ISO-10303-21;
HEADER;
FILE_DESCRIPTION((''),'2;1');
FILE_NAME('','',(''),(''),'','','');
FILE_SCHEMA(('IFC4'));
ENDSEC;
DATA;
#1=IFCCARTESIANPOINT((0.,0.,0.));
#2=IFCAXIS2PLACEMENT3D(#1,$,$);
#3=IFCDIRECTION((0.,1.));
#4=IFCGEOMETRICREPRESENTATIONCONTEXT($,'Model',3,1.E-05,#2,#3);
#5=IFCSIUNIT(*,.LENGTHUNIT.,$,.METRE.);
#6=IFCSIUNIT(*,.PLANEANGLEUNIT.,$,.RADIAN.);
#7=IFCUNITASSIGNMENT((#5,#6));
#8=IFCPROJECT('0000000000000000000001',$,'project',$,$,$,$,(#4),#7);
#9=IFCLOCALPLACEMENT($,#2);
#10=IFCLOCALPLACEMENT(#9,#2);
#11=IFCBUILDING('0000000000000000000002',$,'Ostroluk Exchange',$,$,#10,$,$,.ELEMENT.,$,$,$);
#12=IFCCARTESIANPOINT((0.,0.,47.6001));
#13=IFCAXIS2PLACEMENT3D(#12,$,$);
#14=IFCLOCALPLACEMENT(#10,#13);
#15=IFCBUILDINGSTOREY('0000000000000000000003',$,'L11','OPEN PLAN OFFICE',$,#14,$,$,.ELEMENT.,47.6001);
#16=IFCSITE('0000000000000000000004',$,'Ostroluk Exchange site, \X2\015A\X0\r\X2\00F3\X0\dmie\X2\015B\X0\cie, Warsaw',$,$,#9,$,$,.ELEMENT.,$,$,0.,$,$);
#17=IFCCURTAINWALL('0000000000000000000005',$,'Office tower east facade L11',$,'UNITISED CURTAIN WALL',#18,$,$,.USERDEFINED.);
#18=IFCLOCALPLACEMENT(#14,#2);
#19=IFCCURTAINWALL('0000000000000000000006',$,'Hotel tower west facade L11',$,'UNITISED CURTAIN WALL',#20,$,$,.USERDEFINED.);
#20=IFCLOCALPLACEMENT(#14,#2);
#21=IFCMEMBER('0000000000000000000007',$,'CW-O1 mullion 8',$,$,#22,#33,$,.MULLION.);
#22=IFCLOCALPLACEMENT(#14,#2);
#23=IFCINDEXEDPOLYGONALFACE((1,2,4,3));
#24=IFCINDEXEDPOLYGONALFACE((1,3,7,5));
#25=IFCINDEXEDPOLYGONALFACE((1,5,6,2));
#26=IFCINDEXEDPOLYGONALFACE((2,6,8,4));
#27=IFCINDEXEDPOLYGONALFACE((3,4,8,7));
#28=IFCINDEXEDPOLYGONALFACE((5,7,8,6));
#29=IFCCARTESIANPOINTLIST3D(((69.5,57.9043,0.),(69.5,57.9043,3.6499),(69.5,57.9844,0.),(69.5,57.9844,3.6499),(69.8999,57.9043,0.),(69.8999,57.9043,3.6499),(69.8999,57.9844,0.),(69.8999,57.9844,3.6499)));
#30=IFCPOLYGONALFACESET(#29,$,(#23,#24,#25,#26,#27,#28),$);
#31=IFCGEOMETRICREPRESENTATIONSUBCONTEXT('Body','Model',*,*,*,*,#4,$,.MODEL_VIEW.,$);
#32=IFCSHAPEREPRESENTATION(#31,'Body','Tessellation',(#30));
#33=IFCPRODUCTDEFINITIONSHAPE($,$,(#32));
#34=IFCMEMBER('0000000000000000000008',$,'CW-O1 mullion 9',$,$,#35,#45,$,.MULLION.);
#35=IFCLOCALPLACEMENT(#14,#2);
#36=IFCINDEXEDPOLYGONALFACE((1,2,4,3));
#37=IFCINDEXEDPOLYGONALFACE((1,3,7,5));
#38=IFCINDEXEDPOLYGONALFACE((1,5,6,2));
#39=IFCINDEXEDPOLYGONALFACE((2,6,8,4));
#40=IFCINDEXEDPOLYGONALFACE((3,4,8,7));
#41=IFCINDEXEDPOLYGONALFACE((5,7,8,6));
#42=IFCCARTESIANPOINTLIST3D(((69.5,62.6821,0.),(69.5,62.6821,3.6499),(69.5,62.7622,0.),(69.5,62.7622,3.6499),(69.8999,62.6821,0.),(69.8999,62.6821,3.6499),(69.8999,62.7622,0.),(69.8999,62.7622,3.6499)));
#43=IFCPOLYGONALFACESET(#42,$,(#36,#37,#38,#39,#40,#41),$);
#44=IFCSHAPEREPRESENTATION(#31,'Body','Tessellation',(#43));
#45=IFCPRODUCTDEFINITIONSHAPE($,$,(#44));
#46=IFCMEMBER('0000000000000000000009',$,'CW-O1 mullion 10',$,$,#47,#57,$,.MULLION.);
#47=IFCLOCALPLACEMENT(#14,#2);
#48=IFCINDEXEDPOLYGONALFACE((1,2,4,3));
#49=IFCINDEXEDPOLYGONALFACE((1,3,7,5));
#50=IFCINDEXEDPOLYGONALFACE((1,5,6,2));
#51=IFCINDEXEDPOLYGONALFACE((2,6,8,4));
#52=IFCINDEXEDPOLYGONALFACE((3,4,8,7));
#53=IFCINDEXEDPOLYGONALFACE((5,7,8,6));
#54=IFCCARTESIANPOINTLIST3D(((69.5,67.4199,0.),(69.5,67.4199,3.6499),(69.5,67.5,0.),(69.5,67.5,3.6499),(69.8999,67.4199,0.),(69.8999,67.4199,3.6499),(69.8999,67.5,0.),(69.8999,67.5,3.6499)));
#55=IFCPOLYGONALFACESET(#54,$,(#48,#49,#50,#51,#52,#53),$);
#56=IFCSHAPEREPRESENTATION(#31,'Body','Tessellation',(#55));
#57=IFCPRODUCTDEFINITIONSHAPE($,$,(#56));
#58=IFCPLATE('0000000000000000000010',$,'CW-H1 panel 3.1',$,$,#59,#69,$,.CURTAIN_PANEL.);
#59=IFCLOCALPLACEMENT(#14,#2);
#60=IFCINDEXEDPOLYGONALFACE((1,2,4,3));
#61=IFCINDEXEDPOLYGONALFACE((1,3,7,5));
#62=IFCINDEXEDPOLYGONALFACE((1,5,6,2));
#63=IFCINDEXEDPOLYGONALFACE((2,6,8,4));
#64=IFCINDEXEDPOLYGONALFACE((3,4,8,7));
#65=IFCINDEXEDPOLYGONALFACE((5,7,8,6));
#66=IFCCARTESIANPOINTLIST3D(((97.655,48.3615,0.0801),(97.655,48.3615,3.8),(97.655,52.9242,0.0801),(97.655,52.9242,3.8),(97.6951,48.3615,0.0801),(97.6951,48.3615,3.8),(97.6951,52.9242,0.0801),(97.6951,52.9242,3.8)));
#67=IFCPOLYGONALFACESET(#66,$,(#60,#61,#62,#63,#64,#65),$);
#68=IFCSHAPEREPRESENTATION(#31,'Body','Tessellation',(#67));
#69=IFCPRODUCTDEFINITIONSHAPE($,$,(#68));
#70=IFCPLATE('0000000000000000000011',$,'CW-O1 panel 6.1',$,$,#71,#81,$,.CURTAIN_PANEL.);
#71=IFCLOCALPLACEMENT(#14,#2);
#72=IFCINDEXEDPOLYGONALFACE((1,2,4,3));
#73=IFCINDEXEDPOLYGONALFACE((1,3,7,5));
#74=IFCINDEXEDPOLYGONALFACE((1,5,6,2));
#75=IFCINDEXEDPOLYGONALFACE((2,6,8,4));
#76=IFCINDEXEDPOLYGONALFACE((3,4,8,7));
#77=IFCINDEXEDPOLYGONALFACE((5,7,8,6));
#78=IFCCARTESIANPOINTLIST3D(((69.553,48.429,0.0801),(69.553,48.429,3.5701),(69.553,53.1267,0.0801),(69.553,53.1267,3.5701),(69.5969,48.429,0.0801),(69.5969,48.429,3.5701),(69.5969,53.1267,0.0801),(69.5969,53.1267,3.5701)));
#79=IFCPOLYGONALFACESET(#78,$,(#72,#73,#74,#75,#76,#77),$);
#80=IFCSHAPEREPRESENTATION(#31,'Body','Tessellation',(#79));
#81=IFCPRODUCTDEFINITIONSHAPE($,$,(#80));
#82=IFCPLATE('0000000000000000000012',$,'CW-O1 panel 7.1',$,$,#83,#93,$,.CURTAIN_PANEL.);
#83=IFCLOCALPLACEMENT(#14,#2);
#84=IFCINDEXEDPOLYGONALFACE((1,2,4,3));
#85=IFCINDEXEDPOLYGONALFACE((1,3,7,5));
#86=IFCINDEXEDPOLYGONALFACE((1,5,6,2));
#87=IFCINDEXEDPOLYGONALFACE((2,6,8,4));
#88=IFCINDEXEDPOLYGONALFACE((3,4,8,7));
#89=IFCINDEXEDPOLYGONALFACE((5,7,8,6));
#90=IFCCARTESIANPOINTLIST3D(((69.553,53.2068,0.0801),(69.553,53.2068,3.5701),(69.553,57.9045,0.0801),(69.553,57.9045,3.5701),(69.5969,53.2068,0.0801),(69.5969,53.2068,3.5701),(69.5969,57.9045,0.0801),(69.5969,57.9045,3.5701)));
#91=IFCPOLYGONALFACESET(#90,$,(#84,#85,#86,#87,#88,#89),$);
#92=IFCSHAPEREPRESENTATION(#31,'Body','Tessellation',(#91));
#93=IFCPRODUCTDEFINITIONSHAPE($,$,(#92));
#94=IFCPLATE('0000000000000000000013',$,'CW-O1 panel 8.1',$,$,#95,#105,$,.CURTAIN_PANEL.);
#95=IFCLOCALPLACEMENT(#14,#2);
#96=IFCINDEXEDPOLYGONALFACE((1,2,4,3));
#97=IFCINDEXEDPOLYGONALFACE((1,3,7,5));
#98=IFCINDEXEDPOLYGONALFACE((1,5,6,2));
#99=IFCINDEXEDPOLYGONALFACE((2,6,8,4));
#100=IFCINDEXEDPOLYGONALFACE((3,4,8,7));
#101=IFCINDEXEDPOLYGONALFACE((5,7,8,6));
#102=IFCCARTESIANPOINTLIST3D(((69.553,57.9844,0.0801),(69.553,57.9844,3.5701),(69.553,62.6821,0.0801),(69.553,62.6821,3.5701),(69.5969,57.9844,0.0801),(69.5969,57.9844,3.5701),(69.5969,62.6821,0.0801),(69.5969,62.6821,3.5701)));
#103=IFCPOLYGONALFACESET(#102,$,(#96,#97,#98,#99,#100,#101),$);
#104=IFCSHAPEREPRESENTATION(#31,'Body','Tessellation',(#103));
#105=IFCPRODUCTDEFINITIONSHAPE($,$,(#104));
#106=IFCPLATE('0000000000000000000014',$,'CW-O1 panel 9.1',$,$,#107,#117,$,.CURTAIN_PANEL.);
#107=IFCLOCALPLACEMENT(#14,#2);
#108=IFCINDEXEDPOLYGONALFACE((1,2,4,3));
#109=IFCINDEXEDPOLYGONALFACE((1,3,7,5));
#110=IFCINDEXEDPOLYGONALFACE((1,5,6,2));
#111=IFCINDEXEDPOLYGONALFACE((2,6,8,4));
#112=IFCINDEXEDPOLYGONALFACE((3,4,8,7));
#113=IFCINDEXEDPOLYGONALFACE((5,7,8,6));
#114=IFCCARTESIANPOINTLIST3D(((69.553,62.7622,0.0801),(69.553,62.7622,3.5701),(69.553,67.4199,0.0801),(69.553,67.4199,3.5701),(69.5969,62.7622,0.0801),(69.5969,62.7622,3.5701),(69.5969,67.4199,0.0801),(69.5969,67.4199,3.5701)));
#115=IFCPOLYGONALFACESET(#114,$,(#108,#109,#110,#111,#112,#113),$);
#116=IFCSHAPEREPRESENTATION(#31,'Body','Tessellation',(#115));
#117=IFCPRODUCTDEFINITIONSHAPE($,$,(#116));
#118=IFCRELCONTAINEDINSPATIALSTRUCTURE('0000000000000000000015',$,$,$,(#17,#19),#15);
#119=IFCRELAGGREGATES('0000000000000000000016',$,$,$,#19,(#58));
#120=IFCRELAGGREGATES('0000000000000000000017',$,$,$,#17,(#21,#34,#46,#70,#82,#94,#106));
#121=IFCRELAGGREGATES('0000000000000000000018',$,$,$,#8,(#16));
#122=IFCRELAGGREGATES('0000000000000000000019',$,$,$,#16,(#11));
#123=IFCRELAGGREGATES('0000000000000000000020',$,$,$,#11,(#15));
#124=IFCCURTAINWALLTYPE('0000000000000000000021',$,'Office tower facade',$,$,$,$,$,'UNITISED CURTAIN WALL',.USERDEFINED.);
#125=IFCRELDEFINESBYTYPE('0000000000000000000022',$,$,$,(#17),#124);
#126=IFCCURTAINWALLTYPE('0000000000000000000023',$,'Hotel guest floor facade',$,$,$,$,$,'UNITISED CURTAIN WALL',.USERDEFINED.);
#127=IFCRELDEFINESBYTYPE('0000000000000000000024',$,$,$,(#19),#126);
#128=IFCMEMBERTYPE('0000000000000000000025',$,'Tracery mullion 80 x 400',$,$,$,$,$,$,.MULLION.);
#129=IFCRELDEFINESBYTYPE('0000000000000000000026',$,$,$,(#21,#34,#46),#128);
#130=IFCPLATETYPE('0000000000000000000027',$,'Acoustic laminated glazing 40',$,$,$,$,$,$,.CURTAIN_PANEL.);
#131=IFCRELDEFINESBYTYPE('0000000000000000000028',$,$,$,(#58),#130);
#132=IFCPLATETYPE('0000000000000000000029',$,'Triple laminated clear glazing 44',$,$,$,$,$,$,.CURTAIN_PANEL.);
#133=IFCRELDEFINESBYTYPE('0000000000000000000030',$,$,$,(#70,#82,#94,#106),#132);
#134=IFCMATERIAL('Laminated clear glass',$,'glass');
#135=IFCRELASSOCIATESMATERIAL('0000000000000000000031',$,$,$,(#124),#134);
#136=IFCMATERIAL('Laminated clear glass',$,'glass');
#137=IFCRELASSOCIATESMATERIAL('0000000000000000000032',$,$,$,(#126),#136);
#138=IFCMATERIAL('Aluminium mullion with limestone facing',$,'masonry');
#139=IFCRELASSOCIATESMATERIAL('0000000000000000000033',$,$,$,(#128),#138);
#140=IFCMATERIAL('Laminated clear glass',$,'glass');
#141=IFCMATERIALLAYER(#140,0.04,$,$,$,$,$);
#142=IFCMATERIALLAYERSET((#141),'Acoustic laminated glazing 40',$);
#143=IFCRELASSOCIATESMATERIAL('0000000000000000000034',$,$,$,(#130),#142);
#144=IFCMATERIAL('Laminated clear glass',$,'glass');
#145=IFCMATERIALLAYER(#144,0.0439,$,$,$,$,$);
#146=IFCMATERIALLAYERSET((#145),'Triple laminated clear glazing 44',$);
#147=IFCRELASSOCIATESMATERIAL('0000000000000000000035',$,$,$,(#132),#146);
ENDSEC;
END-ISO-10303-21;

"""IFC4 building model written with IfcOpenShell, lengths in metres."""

from ifc_helpers import new_model, si_unit, direction, frame, origin, origin_2d, place, context, subcontext, project, spatial, rectangle, extrude, material, layer, layer_set, material_profile, profile_set, type_object, element, aggregate, save


model = new_model("IFC4")

# Units and contexts
model_context = context("Model", 3, precision=1e-05, world=origin(), true_north=direction((0.0, 1.0)))
body_context = subcontext(model_context, "Body", "Model", "MODEL_VIEW")
ifc_project = project(units=[si_unit("LENGTHUNIT", "METRE"), si_unit("PLANEANGLEUNIT", "RADIAN")], contexts=[model_context])

# Site, building, storey
site_placement = place(None, origin())
site = spatial("IfcSite", under=ifc_project, at=site_placement, Name="Ostroluk Exchange site, Śródmieście, Warsaw", CompositionType="ELEMENT", RefElevation=0.0)
building_placement = place(site_placement, origin())
building = spatial("IfcBuilding", under=site, at=building_placement, Name="Ostroluk Exchange", CompositionType="ELEMENT")
storey_placement = place(building_placement, frame((0.0, 0.0, 47.6001)))
storey = spatial("IfcBuildingStorey", under=building, at=storey_placement, Name="L11", Description="OPEN PLAN OFFICE", CompositionType="ELEMENT", Elevation=47.6001)

# Curtain walls
ifc_material_1 = material(Name="Laminated clear glass", Category="glass")
curtain_wall_type_1 = type_object("IfcCurtainWallType", Name="Office tower facade", ElementType="UNITISED CURTAIN WALL", PredefinedType="USERDEFINED", material=ifc_material_1)
curtain_wall_1_placement = place(storey_placement, origin())
curtain_wall_1 = element("IfcCurtainWall", 1, at=curtain_wall_1_placement, inside=storey, type_object=curtain_wall_type_1, Name="Office tower east facade L11", ObjectType="UNITISED CURTAIN WALL", PredefinedType="USERDEFINED")
ifc_material_2 = material(Name="Laminated clear glass", Category="glass")
curtain_wall_type_2 = type_object("IfcCurtainWallType", Name="Hotel guest floor facade", ElementType="UNITISED CURTAIN WALL", PredefinedType="USERDEFINED", material=ifc_material_2)
curtain_wall_2_placement = place(storey_placement, origin())
curtain_wall_2 = element("IfcCurtainWall", 2, at=curtain_wall_2_placement, inside=storey, type_object=curtain_wall_type_2, Name="Hotel tower west facade L11", ObjectType="UNITISED CURTAIN WALL", PredefinedType="USERDEFINED")

# Members
ifc_material_3 = material(Name="Aluminium mullion with limestone facing", Category="masonry")
ifc_material_profile_1 = material_profile(ifc_material_3, rectangle(XDim=0.3999, YDim=0.0801, at=origin_2d()), Name="Tracery mullion 80 x 400")
ifc_profile_set_1 = profile_set([ifc_material_profile_1], Name="Aluminium mullion with limestone facing")
member_type_1 = type_object("IfcMemberType", Name="Tracery mullion 80 x 400", PredefinedType="MULLION", material=ifc_profile_set_1)
member_1_placement = place(storey_placement, frame((69.7, 57.9443, 0.0), z_axis=(0.0, 0.0, 1.0), x_axis=(-1.0, 0.0, 0.0)))
member_1 = element("IfcMember", 3, at=member_1_placement, type_object=member_type_1, Name="CW-O1 mullion 8", PredefinedType="MULLION", context=body_context, shape_type="SweptSolid", body=[
    extrude(rectangle(XDim=0.3999, YDim=0.0801, at=origin_2d()), origin(), (0.0, 0.0, 1.0), 3.6499),
])
member_2_placement = place(storey_placement, frame((69.7, 62.7222, 0.0), z_axis=(0.0, 0.0, 1.0), x_axis=(-1.0, 0.0, 0.0)))
member_2 = element("IfcMember", 4, at=member_2_placement, type_object=member_type_1, Name="CW-O1 mullion 9", PredefinedType="MULLION", context=body_context, shape_type="SweptSolid", body=[
    extrude(rectangle(XDim=0.3999, YDim=0.0801, at=origin_2d()), origin(), (0.0, 0.0, 1.0), 3.6499),
])
member_3_placement = place(storey_placement, frame((69.7, 67.46, 0.0), z_axis=(0.0, 0.0, 1.0), x_axis=(-1.0, 0.0, 0.0)))
member_3 = element("IfcMember", 5, at=member_3_placement, type_object=member_type_1, Name="CW-O1 mullion 10", PredefinedType="MULLION", context=body_context, shape_type="SweptSolid", body=[
    extrude(rectangle(XDim=0.3999, YDim=0.0801, at=origin_2d()), origin(), (0.0, 0.0, 1.0), 3.6499),
])

# Plates
ifc_material_4 = material(Name="Laminated clear glass", Category="glass")
ifc_layer_1 = layer(ifc_material_4, 0.04)
ifc_layer_set_1 = layer_set([ifc_layer_1], Name="Acoustic laminated glazing 40")
plate_type_1 = type_object("IfcPlateType", Name="Acoustic laminated glazing 40", PredefinedType="CURTAIN_PANEL", material=ifc_layer_set_1)
plate_1_placement = place(storey_placement, frame((97.675, 50.6428, 0.0801), z_axis=(0.0, 0.0, 1.0), x_axis=(0.0, -1.0, 0.0)))
plate_1 = element("IfcPlate", 6, at=plate_1_placement, type_object=plate_type_1, Name="CW-H1 panel 3.1", PredefinedType="CURTAIN_PANEL", context=body_context, shape_type="SweptSolid", body=[
    extrude(rectangle(XDim=4.5627, YDim=0.04, at=origin_2d()), origin(), (0.0, 0.0, 1.0), 3.72),
])
aggregate(curtain_wall_2, [plate_1])
ifc_material_5 = material(Name="Laminated clear glass", Category="glass")
ifc_layer_2 = layer(ifc_material_5, 0.0439)
ifc_layer_set_2 = layer_set([ifc_layer_2], Name="Triple laminated clear glazing 44")
plate_type_2 = type_object("IfcPlateType", Name="Triple laminated clear glazing 44", PredefinedType="CURTAIN_PANEL", material=ifc_layer_set_2)
plate_2_placement = place(storey_placement, frame((69.575, 50.7778, 0.0801), z_axis=(0.0, 0.0, 1.0), x_axis=(0.0, 1.0, 0.0)))
plate_2 = element("IfcPlate", 7, at=plate_2_placement, type_object=plate_type_2, Name="CW-O1 panel 6.1", PredefinedType="CURTAIN_PANEL", context=body_context, shape_type="SweptSolid", body=[
    extrude(rectangle(XDim=4.6978, YDim=0.0439, at=origin_2d()), origin(), (0.0, 0.0, 1.0), 3.49),
])
plate_3_placement = place(storey_placement, frame((69.575, 55.5557, 0.0801), z_axis=(0.0, 0.0, 1.0), x_axis=(0.0, 1.0, 0.0)))
plate_3 = element("IfcPlate", 8, at=plate_3_placement, type_object=plate_type_2, Name="CW-O1 panel 7.1", PredefinedType="CURTAIN_PANEL", context=body_context, shape_type="SweptSolid", body=[
    extrude(rectangle(XDim=4.6978, YDim=0.0439, at=origin_2d()), origin(), (0.0, 0.0, 1.0), 3.49),
])
plate_4_placement = place(storey_placement, frame((69.575, 60.3333, 0.0801), z_axis=(0.0, 0.0, 1.0), x_axis=(0.0, 1.0, 0.0)))
plate_4 = element("IfcPlate", 9, at=plate_4_placement, type_object=plate_type_2, Name="CW-O1 panel 8.1", PredefinedType="CURTAIN_PANEL", context=body_context, shape_type="SweptSolid", body=[
    extrude(rectangle(XDim=4.6978, YDim=0.0439, at=origin_2d()), origin(), (0.0, 0.0, 1.0), 3.49),
])
plate_5_placement = place(storey_placement, frame((69.575, 65.0911, 0.0801), z_axis=(0.0, 0.0, 1.0), x_axis=(0.0, 1.0, 0.0)))
plate_5 = element("IfcPlate", 10, at=plate_5_placement, type_object=plate_type_2, Name="CW-O1 panel 9.1", PredefinedType="CURTAIN_PANEL", context=body_context, shape_type="SweptSolid", body=[
    extrude(rectangle(XDim=4.6577, YDim=0.0439, at=origin_2d()), origin(), (0.0, 0.0, 1.0), 3.49),
])
aggregate(curtain_wall_1, [member_1, member_2, member_3, plate_2, plate_3, plate_4, plate_5])

save(model, "model.ifc")
